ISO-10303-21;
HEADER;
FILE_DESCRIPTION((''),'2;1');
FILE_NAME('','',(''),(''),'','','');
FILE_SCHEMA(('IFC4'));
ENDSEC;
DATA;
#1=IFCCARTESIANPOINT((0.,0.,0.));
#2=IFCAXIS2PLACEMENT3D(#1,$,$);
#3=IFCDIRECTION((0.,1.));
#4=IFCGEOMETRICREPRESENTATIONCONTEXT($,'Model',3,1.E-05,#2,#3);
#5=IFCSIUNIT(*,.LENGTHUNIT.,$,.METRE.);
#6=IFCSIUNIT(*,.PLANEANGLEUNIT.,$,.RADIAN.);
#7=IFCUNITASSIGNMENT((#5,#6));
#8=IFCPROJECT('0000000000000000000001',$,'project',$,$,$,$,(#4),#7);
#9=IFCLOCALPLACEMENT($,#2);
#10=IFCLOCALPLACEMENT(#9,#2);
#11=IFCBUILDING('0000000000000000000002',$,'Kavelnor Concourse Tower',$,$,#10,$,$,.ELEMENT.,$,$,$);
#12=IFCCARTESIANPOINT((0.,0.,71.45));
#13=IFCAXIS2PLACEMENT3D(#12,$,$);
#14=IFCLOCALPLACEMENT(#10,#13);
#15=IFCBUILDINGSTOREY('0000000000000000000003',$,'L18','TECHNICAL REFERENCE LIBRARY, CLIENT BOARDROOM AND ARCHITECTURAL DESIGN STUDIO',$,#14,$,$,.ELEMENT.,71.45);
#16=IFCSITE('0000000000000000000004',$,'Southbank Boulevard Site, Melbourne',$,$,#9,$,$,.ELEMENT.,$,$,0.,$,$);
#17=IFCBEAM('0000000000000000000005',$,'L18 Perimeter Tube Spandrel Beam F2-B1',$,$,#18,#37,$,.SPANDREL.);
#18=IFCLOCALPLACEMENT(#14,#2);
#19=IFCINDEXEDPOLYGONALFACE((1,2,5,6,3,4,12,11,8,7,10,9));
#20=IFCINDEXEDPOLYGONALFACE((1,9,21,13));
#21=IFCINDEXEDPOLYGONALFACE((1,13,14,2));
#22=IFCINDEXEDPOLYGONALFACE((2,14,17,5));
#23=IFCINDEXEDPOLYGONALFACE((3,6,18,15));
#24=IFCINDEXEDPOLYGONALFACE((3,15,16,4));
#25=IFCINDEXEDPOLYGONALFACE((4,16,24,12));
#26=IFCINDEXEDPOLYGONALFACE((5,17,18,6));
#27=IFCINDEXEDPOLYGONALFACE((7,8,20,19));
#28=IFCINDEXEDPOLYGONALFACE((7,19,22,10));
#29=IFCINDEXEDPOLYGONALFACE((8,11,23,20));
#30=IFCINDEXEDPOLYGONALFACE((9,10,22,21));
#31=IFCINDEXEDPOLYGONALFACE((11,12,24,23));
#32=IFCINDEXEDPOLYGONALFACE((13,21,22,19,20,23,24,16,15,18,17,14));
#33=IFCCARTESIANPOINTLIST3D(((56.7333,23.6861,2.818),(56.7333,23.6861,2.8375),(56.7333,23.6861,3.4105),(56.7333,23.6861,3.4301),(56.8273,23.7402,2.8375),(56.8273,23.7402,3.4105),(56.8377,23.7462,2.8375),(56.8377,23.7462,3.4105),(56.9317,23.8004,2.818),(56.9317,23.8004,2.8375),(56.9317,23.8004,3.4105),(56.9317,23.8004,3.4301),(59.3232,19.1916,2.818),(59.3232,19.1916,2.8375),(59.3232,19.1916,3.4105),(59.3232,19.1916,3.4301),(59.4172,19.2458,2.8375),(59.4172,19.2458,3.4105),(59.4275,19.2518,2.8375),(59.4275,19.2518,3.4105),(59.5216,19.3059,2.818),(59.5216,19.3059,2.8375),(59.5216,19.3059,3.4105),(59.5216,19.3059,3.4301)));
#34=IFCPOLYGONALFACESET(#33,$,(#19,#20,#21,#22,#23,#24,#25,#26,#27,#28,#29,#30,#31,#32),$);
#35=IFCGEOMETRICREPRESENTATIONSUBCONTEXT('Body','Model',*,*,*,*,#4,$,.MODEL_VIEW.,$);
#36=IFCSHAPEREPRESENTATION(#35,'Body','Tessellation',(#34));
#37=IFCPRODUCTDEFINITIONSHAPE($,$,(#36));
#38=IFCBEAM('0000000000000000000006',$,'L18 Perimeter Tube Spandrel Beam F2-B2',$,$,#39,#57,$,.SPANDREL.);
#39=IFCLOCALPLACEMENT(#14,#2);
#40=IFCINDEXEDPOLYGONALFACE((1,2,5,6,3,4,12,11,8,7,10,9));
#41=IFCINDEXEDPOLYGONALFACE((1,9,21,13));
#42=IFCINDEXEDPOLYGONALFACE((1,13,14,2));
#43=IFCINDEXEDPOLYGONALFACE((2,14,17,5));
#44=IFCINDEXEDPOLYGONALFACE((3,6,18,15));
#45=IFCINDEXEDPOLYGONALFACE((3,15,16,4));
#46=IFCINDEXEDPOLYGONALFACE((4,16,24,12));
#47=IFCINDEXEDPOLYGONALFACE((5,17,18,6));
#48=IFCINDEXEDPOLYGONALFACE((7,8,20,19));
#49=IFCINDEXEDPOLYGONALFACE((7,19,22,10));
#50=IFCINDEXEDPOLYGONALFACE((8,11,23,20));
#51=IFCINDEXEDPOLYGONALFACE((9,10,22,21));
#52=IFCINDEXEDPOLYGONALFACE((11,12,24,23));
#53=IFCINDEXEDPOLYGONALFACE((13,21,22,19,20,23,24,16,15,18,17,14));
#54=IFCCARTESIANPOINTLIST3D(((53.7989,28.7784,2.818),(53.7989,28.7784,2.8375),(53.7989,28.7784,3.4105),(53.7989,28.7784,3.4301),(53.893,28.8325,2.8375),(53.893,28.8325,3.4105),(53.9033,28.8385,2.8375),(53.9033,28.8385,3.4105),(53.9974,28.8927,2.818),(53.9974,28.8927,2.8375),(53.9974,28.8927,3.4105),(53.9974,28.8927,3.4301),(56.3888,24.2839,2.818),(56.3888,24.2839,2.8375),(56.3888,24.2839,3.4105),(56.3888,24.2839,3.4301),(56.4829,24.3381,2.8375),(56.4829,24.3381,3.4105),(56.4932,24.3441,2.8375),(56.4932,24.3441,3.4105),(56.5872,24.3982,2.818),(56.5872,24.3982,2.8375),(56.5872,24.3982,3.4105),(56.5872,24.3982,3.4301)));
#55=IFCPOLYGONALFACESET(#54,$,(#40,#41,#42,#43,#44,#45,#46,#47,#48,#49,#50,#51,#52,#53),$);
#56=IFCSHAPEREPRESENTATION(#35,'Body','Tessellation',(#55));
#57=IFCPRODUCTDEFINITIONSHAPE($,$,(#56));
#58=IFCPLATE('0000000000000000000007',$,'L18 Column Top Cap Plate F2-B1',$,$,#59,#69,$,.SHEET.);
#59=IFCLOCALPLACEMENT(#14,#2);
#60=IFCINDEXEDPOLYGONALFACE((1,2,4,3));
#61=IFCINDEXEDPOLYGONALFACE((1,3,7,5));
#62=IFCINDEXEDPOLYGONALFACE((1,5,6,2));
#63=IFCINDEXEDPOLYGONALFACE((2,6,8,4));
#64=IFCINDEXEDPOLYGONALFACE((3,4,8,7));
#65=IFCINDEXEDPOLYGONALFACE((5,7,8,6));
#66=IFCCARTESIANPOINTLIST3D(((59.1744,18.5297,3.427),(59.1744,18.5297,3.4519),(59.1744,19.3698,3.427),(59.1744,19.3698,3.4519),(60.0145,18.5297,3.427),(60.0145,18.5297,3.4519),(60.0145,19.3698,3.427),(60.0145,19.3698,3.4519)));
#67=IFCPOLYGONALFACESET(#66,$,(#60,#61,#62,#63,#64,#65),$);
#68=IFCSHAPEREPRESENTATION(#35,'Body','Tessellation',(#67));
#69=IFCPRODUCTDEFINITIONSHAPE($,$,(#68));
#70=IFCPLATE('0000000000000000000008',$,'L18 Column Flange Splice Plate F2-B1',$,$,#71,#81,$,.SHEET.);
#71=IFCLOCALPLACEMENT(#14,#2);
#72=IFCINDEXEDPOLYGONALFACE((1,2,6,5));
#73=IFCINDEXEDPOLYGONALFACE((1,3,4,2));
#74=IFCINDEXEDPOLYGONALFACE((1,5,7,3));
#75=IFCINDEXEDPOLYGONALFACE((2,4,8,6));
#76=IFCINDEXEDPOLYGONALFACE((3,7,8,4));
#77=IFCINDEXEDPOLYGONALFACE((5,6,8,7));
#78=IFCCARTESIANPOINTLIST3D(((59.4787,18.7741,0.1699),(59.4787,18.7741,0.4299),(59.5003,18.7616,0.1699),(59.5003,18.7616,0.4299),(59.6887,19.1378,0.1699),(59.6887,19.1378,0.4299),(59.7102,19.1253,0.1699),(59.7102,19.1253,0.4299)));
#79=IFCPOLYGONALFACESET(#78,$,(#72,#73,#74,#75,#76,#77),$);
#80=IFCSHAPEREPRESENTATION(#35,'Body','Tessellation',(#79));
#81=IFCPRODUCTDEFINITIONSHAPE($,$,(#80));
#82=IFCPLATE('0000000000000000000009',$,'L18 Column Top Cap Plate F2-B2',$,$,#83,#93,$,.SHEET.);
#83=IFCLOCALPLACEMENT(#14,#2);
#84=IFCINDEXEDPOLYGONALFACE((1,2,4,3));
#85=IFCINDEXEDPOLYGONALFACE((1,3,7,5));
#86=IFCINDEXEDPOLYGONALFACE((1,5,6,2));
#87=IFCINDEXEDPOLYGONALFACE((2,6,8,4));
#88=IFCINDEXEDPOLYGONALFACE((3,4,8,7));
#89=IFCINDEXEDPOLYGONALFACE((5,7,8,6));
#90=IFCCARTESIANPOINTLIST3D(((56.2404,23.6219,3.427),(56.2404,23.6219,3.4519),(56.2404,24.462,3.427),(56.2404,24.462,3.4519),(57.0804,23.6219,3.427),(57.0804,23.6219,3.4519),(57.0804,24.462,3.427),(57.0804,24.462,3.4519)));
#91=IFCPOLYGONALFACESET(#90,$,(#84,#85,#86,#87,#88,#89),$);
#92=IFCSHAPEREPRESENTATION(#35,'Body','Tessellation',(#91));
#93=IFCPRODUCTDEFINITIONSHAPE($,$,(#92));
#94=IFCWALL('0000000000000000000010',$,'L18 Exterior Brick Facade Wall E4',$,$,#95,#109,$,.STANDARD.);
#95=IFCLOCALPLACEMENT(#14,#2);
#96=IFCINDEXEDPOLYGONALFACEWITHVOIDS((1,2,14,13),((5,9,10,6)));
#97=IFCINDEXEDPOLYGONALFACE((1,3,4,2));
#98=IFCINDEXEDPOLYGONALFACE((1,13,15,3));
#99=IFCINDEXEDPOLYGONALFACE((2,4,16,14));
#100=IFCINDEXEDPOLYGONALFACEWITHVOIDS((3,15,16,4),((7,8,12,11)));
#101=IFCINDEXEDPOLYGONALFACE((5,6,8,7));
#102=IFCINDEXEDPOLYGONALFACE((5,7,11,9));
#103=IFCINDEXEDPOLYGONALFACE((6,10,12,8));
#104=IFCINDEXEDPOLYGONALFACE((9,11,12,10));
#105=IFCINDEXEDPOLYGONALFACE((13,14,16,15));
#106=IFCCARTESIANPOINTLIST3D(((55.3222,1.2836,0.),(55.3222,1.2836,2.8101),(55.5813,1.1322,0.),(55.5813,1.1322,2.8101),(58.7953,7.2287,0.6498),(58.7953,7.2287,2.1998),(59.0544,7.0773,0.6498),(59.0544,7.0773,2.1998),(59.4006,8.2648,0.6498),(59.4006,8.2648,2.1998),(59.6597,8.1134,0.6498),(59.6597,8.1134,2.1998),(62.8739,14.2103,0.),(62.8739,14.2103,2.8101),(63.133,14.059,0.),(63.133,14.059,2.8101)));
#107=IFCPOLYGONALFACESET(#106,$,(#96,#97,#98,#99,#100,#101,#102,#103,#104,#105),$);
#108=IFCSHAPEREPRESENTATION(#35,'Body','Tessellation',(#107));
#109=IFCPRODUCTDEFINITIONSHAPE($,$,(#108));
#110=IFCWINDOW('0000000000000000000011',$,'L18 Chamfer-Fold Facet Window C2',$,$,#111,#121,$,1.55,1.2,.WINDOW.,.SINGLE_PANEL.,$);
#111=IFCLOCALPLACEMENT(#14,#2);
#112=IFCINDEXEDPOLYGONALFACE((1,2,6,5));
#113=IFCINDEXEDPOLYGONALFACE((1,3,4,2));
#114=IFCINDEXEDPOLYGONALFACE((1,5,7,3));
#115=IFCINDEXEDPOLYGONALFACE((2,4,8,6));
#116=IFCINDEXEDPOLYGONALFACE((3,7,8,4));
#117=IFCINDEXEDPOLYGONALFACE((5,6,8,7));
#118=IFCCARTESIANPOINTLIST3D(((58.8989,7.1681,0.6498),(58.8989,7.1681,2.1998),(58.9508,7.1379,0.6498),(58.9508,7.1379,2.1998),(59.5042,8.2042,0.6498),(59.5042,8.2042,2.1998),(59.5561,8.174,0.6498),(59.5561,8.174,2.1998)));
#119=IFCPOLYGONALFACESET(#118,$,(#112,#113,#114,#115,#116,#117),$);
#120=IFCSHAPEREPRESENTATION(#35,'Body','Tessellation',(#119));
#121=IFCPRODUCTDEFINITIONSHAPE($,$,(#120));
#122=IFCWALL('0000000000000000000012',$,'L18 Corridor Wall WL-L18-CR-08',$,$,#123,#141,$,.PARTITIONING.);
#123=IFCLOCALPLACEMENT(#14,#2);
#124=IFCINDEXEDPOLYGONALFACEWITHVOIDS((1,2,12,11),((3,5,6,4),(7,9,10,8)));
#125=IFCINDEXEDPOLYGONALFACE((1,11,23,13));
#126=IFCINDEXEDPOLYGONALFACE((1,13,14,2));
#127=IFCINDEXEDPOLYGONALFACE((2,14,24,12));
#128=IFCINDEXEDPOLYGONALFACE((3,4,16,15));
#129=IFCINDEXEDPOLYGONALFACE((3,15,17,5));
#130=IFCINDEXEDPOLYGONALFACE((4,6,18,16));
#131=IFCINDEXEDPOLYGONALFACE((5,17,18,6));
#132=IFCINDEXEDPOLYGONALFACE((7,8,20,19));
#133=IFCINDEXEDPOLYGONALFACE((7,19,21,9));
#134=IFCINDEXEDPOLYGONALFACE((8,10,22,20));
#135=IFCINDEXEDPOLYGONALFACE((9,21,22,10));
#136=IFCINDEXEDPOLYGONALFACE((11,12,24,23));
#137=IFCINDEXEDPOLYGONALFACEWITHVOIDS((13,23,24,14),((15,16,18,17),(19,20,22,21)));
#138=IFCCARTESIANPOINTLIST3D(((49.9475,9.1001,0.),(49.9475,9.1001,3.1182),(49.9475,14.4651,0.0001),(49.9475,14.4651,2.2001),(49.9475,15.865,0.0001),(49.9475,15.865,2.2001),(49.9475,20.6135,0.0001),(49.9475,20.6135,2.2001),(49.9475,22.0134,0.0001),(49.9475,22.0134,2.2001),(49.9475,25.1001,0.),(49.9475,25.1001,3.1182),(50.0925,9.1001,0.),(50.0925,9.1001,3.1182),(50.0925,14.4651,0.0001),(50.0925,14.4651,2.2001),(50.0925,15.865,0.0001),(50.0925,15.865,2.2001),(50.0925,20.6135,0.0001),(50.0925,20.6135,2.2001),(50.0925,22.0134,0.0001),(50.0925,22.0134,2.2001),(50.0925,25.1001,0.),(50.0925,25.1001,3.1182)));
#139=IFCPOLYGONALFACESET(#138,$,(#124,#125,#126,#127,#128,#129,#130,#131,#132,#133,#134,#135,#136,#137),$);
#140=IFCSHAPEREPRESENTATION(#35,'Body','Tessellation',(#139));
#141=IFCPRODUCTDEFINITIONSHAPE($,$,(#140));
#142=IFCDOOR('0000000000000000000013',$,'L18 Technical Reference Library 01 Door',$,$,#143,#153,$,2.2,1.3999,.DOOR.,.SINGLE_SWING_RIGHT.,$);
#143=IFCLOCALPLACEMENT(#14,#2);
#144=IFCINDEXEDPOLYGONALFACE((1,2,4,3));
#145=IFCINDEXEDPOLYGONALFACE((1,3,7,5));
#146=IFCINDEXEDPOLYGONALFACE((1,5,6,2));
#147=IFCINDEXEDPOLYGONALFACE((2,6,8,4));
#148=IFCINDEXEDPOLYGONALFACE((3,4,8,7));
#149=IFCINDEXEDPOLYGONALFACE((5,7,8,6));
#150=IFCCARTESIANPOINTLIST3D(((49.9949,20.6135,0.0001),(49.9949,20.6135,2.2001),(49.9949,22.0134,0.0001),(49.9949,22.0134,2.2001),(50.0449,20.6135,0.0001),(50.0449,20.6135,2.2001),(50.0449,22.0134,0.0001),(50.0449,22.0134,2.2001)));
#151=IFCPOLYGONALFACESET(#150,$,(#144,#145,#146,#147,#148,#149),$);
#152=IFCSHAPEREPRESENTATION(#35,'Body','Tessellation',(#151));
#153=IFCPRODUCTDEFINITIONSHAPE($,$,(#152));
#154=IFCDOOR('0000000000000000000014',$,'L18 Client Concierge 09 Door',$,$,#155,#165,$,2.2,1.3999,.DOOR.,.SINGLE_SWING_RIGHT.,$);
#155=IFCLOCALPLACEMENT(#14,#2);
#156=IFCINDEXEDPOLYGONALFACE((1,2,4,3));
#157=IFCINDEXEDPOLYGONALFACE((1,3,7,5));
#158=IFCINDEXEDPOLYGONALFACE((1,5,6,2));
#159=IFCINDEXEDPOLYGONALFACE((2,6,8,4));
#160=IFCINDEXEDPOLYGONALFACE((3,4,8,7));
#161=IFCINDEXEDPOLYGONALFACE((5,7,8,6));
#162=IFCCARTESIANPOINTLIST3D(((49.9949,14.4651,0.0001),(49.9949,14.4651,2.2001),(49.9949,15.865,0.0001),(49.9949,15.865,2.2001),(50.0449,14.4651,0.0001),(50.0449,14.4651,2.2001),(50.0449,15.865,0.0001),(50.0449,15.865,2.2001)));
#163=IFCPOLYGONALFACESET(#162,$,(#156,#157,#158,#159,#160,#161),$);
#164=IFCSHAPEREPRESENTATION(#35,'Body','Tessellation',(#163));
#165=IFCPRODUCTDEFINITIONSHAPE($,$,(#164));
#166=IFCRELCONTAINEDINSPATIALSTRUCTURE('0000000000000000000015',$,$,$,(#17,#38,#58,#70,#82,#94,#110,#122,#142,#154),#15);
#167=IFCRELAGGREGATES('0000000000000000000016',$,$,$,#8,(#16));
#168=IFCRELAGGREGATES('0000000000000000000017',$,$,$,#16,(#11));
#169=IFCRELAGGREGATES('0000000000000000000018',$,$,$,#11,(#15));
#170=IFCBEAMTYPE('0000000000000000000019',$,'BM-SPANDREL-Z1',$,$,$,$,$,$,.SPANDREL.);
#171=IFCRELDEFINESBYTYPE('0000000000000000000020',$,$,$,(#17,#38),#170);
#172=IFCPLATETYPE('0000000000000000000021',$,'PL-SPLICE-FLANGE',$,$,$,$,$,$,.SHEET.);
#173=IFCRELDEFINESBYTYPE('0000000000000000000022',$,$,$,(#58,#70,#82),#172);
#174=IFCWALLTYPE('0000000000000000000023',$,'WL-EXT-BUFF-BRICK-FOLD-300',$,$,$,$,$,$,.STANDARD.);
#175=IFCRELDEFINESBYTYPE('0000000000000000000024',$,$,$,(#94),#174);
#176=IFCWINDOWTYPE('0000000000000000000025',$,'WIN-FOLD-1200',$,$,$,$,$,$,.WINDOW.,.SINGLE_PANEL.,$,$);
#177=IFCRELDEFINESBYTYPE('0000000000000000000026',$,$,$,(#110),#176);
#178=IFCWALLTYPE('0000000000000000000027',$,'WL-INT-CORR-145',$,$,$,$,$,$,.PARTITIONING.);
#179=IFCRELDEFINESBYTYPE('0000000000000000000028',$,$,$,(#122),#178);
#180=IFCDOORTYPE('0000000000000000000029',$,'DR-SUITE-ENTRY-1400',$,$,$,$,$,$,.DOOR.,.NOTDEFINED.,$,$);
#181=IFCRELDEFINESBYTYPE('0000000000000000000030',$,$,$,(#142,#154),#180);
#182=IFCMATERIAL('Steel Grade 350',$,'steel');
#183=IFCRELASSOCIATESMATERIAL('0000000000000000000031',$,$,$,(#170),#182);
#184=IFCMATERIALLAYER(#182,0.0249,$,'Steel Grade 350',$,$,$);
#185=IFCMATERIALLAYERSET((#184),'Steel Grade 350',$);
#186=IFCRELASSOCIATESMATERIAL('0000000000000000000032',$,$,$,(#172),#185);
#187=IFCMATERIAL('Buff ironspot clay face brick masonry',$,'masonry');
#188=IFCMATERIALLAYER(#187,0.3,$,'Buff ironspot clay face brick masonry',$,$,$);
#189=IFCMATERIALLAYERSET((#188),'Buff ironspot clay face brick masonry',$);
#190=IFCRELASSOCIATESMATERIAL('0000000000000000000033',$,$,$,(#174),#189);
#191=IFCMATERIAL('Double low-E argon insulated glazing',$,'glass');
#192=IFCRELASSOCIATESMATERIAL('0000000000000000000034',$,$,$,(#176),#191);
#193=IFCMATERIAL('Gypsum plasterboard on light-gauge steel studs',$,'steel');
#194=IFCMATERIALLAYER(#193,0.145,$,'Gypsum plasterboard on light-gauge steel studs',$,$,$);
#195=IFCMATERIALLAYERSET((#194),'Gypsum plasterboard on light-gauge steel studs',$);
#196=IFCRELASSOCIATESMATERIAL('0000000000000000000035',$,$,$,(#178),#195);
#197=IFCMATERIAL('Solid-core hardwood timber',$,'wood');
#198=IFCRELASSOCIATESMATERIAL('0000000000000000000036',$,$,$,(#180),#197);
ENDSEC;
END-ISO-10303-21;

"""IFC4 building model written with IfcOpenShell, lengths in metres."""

from ifc_helpers import new_model, si_unit, direction, frame, frame_2d, origin, origin_2d, place, context, subcontext, project, spatial, rectangle, i_section, extrude, material, layer, layer_set, material_profile, profile_set, type_object, element, fill, save


model = new_model("IFC4")

# Units and contexts
model_context = context("Model", 3, precision=1e-05, world=origin(), true_north=direction((0.0, 1.0)))
body_context = subcontext(model_context, "Body", "Model", "MODEL_VIEW")
ifc_project = project(units=[si_unit("LENGTHUNIT", "METRE"), si_unit("PLANEANGLEUNIT", "RADIAN")], contexts=[model_context])

# Site, building, storey
site_placement = place(None, origin())
site = spatial("IfcSite", under=ifc_project, at=site_placement, Name="Southbank Boulevard Site, Melbourne", CompositionType="ELEMENT", RefElevation=0.0)
building_placement = place(site_placement, origin())
building = spatial("IfcBuilding", under=site, at=building_placement, Name="Kavelnor Concourse Tower", CompositionType="ELEMENT")
storey_placement = place(building_placement, frame((0.0, 0.0, 71.45)))
storey = spatial("IfcBuildingStorey", under=building, at=storey_placement, Name="L18", Description="TECHNICAL REFERENCE LIBRARY, CLIENT BOARDROOM AND ARCHITECTURAL DESIGN STUDIO", CompositionType="ELEMENT", Elevation=71.45)

# Shared definitions
ifc_material_1 = material(Name="Steel Grade 350", Category="steel")

# Beams
ifc_material_profile_1 = material_profile(ifc_material_1, i_section(OverallWidth=0.229, OverallDepth=0.6121, WebThickness=0.012, FlangeThickness=0.0195, at=origin_2d()), Name="610UB125")
ifc_profile_set_1 = profile_set([ifc_material_profile_1], Name="Steel Grade 350")
beam_type_1 = type_object("IfcBeamType", Name="BM-SPANDREL-Z1", PredefinedType="SPANDREL", material=ifc_profile_set_1)
for number, where, z_axis, x_axis, name in (
    (1, (59.4224, 19.2488, 3.124), (-0.499278, 0.866442, 0.0), (-0.866442, -0.499278, 0.0), "L18 Perimeter Tube Spandrel Beam F2-B1"),
    (2, (56.488, 24.3411, 3.124), (-0.499278, 0.866442, 0.0), (-0.866442, -0.499278, 0.0), "L18 Perimeter Tube Spandrel Beam F2-B2"),
):
    element("IfcBeam", number, at=place(storey_placement, frame(where, z_axis=z_axis, x_axis=x_axis)), inside=storey, type_object=beam_type_1, Name=name, PredefinedType="SPANDREL", context=body_context, shape_type="SweptSolid", body=[
        extrude(i_section(OverallWidth=0.229, OverallDepth=0.6121, WebThickness=0.012, FlangeThickness=0.0195, at=origin_2d()), origin(), (0.0, 0.0, 1.0), 5.1873),
    ])

# Plates
ifc_layer_1 = layer(ifc_material_1, 0.0249, Name="Steel Grade 350")
ifc_layer_set_1 = layer_set([ifc_layer_1], Name="Steel Grade 350")
plate_type = type_object("IfcPlateType", Name="PL-SPLICE-FLANGE", PredefinedType="SHEET", material=ifc_layer_set_1)
plate_1_placement = place(storey_placement, frame((59.5945, 18.9497, 3.427), z_axis=(0.0, 0.0, 1.0), x_axis=(1.0, 0.0, 0.0)))
element("IfcPlate", 3, at=plate_1_placement, inside=storey, type_object=plate_type, Name="L18 Column Top Cap Plate F2-B1", PredefinedType="SHEET", context=body_context, shape_type="SweptSolid", body=[
    extrude(rectangle(XDim=0.8401, YDim=0.8401, at=origin_2d()), origin(), (0.0, 0.0, 1.0), 0.0249),
])
plate_2_placement = place(storey_placement, frame((59.5945, 18.9497, 0.1699), z_axis=(0.0, 0.0, 1.0), x_axis=(-0.5, -0.866025, 0.0)))
element("IfcPlate", 4, at=plate_2_placement, inside=storey, type_object=plate_type, Name="L18 Column Flange Splice Plate F2-B1", PredefinedType="SHEET", context=body_context, shape_type="SweptSolid", body=[
    extrude(rectangle(XDim=0.4199, YDim=0.0249, at=origin_2d()), origin(), (0.0, 0.0, 1.0), 0.26),
])
plate_3_placement = place(storey_placement, frame((56.6604, 24.042, 3.427), z_axis=(0.0, 0.0, 1.0), x_axis=(1.0, 0.0, 0.0)))
element("IfcPlate", 5, at=plate_3_placement, inside=storey, type_object=plate_type, Name="L18 Column Top Cap Plate F2-B2", PredefinedType="SHEET", context=body_context, shape_type="SweptSolid", body=[
    extrude(rectangle(XDim=0.8401, YDim=0.8401, at=origin_2d()), origin(), (0.0, 0.0, 1.0), 0.0249),
])

# Wall, opening, window
ifc_material_2 = material(Name="Buff ironspot clay face brick masonry", Category="masonry")
ifc_layer_2 = layer(ifc_material_2, 0.3, Name="Buff ironspot clay face brick masonry")
ifc_layer_set_2 = layer_set([ifc_layer_2], Name="Buff ironspot clay face brick masonry")
wall_type_1 = type_object("IfcWallType", Name="WL-EXT-BUFF-BRICK-FOLD-300", PredefinedType="STANDARD", material=ifc_layer_set_2)
wall_1_placement = place(storey_placement, frame((63.0034, 14.1345, 0.0), z_axis=(0.0, 0.0, 1.0), x_axis=(-0.504427, -0.863455, 0.0)))
wall_1 = element("IfcWall", 6, at=wall_1_placement, inside=storey, type_object=wall_type_1, Name="L18 Exterior Brick Facade Wall E4", PredefinedType="STANDARD", context=body_context, shape_type="SweptSolid", body=[
    extrude(rectangle(XDim=14.9709, YDim=0.3, at=frame_2d((7.4854, 0.0))), origin(), (0.0, 0.0, 1.0), 2.8101),
])
opening_1_placement = place(wall_1_placement, frame((6.8855, 0.0, 0.6499)))
opening_1 = element("IfcOpeningElement", 7, at=opening_1_placement, cuts=wall_1, PredefinedType="OPENING", context=body_context, shape_type="SweptSolid", body=[
    extrude(rectangle(XDim=1.2, YDim=1.55, at=frame_2d((0.6001, 0.7749))), frame((0.0, 0.1602, 0.0), z_axis=(0.0, -1.0, 0.0), x_axis=(1.0, 0.0, 0.0)), (0.0, 0.0, 1.0), 0.3201),
])
ifc_material_3 = material(Name="Double low-E argon insulated glazing", Category="glass")
window_type = type_object("IfcWindowType", Name="WIN-FOLD-1200", PartitioningType="SINGLE_PANEL", PredefinedType="WINDOW", material=ifc_material_3)
window_placement = place(opening_1_placement, origin())
window = element("IfcWindow", 8, at=window_placement, inside=storey, type_object=window_type, Name="L18 Chamfer-Fold Facet Window C2", OverallHeight=1.55, OverallWidth=1.2, PartitioningType="SINGLE_PANEL", PredefinedType="WINDOW", context=body_context, shape_type="SweptSolid", body=[
    extrude(rectangle(XDim=1.2, YDim=1.55, at=frame_2d((0.6001, 0.7749))), frame((0.0, 0.03, 0.0), z_axis=(0.0, -1.0, 0.0), x_axis=(1.0, 0.0, 0.0)), (0.0, 0.0, 1.0), 0.0601),
])
fill(opening_1, window)

# Wall, openings, doors
ifc_material_4 = material(Name="Gypsum plasterboard on light-gauge steel studs", Category="steel")
ifc_layer_3 = layer(ifc_material_4, 0.145, Name="Gypsum plasterboard on light-gauge steel studs")
ifc_layer_set_3 = layer_set([ifc_layer_3], Name="Gypsum plasterboard on light-gauge steel studs")
wall_type_2 = type_object("IfcWallType", Name="WL-INT-CORR-145", PredefinedType="PARTITIONING", material=ifc_layer_set_3)
wall_2_placement = place(storey_placement, frame((50.02, 25.1001, 0.0), z_axis=(0.0, 0.0, 1.0), x_axis=(0.0, -1.0, 0.0)))
wall_2 = element("IfcWall", 9, at=wall_2_placement, inside=storey, type_object=wall_type_2, Name="L18 Corridor Wall WL-L18-CR-08", PredefinedType="PARTITIONING", context=body_context, shape_type="SweptSolid", body=[
    extrude(rectangle(XDim=16.0, YDim=0.145, at=frame_2d((8.0, 0.0))), origin(), (0.0, 0.0, 1.0), 3.1182),
])
opening_2_placement = place(wall_2_placement, frame((3.0867, 0.0, 0.0)))
opening_2 = element("IfcOpeningElement", 10, at=opening_2_placement, cuts=wall_2, PredefinedType="OPENING", context=body_context, shape_type="SweptSolid", body=[
    extrude(rectangle(XDim=1.3999, YDim=2.2, at=frame_2d((0.7, 1.1001))), frame((0.0, 0.0825, 0.0), z_axis=(0.0, -1.0, 0.0), x_axis=(1.0, 0.0, 0.0)), (0.0, 0.0, 1.0), 0.165),
])
opening_3_placement = place(wall_2_placement, frame((9.2351, 0.0, 0.0)))
opening_3 = element("IfcOpeningElement", 11, at=opening_3_placement, cuts=wall_2, PredefinedType="OPENING", context=body_context, shape_type="SweptSolid", body=[
    extrude(rectangle(XDim=1.3999, YDim=2.2, at=frame_2d((0.7, 1.1001))), frame((0.0, 0.0825, 0.0), z_axis=(0.0, -1.0, 0.0), x_axis=(1.0, 0.0, 0.0)), (0.0, 0.0, 1.0), 0.165),
])
ifc_material_5 = material(Name="Solid-core hardwood timber", Category="wood")
door_type = type_object("IfcDoorType", Name="DR-SUITE-ENTRY-1400", OperationType="NOTDEFINED", PredefinedType="DOOR", material=ifc_material_5)
door_1_placement = place(opening_2_placement, origin())
door_1 = element("IfcDoor", 12, at=door_1_placement, inside=storey, type_object=door_type, Name="L18 Technical Reference Library 01 Door", OperationType="SINGLE_SWING_RIGHT", OverallHeight=2.2, OverallWidth=1.3999, PredefinedType="DOOR", context=body_context, shape_type="SweptSolid", body=[
    extrude(rectangle(XDim=1.3999, YDim=2.2, at=frame_2d((0.7, 1.1001))), frame((0.0, 0.0249, 0.0), z_axis=(0.0, -1.0, 0.0), x_axis=(1.0, 0.0, 0.0)), (0.0, 0.0, 1.0), 0.05),
])
fill(opening_2, door_1)
door_2_placement = place(opening_3_placement, origin())
door_2 = element("IfcDoor", 13, at=door_2_placement, inside=storey, type_object=door_type, Name="L18 Client Concierge 09 Door", OperationType="SINGLE_SWING_RIGHT", OverallHeight=2.2, OverallWidth=1.3999, PredefinedType="DOOR", context=body_context, shape_type="SweptSolid", body=[
    extrude(rectangle(XDim=1.3999, YDim=2.2, at=frame_2d((0.7, 1.1001))), frame((0.0, 0.0249, 0.0), z_axis=(0.0, -1.0, 0.0), x_axis=(1.0, 0.0, 0.0)), (0.0, 0.0, 1.0), 0.05),
])
fill(opening_3, door_2)

save(model, "model.ifc")
